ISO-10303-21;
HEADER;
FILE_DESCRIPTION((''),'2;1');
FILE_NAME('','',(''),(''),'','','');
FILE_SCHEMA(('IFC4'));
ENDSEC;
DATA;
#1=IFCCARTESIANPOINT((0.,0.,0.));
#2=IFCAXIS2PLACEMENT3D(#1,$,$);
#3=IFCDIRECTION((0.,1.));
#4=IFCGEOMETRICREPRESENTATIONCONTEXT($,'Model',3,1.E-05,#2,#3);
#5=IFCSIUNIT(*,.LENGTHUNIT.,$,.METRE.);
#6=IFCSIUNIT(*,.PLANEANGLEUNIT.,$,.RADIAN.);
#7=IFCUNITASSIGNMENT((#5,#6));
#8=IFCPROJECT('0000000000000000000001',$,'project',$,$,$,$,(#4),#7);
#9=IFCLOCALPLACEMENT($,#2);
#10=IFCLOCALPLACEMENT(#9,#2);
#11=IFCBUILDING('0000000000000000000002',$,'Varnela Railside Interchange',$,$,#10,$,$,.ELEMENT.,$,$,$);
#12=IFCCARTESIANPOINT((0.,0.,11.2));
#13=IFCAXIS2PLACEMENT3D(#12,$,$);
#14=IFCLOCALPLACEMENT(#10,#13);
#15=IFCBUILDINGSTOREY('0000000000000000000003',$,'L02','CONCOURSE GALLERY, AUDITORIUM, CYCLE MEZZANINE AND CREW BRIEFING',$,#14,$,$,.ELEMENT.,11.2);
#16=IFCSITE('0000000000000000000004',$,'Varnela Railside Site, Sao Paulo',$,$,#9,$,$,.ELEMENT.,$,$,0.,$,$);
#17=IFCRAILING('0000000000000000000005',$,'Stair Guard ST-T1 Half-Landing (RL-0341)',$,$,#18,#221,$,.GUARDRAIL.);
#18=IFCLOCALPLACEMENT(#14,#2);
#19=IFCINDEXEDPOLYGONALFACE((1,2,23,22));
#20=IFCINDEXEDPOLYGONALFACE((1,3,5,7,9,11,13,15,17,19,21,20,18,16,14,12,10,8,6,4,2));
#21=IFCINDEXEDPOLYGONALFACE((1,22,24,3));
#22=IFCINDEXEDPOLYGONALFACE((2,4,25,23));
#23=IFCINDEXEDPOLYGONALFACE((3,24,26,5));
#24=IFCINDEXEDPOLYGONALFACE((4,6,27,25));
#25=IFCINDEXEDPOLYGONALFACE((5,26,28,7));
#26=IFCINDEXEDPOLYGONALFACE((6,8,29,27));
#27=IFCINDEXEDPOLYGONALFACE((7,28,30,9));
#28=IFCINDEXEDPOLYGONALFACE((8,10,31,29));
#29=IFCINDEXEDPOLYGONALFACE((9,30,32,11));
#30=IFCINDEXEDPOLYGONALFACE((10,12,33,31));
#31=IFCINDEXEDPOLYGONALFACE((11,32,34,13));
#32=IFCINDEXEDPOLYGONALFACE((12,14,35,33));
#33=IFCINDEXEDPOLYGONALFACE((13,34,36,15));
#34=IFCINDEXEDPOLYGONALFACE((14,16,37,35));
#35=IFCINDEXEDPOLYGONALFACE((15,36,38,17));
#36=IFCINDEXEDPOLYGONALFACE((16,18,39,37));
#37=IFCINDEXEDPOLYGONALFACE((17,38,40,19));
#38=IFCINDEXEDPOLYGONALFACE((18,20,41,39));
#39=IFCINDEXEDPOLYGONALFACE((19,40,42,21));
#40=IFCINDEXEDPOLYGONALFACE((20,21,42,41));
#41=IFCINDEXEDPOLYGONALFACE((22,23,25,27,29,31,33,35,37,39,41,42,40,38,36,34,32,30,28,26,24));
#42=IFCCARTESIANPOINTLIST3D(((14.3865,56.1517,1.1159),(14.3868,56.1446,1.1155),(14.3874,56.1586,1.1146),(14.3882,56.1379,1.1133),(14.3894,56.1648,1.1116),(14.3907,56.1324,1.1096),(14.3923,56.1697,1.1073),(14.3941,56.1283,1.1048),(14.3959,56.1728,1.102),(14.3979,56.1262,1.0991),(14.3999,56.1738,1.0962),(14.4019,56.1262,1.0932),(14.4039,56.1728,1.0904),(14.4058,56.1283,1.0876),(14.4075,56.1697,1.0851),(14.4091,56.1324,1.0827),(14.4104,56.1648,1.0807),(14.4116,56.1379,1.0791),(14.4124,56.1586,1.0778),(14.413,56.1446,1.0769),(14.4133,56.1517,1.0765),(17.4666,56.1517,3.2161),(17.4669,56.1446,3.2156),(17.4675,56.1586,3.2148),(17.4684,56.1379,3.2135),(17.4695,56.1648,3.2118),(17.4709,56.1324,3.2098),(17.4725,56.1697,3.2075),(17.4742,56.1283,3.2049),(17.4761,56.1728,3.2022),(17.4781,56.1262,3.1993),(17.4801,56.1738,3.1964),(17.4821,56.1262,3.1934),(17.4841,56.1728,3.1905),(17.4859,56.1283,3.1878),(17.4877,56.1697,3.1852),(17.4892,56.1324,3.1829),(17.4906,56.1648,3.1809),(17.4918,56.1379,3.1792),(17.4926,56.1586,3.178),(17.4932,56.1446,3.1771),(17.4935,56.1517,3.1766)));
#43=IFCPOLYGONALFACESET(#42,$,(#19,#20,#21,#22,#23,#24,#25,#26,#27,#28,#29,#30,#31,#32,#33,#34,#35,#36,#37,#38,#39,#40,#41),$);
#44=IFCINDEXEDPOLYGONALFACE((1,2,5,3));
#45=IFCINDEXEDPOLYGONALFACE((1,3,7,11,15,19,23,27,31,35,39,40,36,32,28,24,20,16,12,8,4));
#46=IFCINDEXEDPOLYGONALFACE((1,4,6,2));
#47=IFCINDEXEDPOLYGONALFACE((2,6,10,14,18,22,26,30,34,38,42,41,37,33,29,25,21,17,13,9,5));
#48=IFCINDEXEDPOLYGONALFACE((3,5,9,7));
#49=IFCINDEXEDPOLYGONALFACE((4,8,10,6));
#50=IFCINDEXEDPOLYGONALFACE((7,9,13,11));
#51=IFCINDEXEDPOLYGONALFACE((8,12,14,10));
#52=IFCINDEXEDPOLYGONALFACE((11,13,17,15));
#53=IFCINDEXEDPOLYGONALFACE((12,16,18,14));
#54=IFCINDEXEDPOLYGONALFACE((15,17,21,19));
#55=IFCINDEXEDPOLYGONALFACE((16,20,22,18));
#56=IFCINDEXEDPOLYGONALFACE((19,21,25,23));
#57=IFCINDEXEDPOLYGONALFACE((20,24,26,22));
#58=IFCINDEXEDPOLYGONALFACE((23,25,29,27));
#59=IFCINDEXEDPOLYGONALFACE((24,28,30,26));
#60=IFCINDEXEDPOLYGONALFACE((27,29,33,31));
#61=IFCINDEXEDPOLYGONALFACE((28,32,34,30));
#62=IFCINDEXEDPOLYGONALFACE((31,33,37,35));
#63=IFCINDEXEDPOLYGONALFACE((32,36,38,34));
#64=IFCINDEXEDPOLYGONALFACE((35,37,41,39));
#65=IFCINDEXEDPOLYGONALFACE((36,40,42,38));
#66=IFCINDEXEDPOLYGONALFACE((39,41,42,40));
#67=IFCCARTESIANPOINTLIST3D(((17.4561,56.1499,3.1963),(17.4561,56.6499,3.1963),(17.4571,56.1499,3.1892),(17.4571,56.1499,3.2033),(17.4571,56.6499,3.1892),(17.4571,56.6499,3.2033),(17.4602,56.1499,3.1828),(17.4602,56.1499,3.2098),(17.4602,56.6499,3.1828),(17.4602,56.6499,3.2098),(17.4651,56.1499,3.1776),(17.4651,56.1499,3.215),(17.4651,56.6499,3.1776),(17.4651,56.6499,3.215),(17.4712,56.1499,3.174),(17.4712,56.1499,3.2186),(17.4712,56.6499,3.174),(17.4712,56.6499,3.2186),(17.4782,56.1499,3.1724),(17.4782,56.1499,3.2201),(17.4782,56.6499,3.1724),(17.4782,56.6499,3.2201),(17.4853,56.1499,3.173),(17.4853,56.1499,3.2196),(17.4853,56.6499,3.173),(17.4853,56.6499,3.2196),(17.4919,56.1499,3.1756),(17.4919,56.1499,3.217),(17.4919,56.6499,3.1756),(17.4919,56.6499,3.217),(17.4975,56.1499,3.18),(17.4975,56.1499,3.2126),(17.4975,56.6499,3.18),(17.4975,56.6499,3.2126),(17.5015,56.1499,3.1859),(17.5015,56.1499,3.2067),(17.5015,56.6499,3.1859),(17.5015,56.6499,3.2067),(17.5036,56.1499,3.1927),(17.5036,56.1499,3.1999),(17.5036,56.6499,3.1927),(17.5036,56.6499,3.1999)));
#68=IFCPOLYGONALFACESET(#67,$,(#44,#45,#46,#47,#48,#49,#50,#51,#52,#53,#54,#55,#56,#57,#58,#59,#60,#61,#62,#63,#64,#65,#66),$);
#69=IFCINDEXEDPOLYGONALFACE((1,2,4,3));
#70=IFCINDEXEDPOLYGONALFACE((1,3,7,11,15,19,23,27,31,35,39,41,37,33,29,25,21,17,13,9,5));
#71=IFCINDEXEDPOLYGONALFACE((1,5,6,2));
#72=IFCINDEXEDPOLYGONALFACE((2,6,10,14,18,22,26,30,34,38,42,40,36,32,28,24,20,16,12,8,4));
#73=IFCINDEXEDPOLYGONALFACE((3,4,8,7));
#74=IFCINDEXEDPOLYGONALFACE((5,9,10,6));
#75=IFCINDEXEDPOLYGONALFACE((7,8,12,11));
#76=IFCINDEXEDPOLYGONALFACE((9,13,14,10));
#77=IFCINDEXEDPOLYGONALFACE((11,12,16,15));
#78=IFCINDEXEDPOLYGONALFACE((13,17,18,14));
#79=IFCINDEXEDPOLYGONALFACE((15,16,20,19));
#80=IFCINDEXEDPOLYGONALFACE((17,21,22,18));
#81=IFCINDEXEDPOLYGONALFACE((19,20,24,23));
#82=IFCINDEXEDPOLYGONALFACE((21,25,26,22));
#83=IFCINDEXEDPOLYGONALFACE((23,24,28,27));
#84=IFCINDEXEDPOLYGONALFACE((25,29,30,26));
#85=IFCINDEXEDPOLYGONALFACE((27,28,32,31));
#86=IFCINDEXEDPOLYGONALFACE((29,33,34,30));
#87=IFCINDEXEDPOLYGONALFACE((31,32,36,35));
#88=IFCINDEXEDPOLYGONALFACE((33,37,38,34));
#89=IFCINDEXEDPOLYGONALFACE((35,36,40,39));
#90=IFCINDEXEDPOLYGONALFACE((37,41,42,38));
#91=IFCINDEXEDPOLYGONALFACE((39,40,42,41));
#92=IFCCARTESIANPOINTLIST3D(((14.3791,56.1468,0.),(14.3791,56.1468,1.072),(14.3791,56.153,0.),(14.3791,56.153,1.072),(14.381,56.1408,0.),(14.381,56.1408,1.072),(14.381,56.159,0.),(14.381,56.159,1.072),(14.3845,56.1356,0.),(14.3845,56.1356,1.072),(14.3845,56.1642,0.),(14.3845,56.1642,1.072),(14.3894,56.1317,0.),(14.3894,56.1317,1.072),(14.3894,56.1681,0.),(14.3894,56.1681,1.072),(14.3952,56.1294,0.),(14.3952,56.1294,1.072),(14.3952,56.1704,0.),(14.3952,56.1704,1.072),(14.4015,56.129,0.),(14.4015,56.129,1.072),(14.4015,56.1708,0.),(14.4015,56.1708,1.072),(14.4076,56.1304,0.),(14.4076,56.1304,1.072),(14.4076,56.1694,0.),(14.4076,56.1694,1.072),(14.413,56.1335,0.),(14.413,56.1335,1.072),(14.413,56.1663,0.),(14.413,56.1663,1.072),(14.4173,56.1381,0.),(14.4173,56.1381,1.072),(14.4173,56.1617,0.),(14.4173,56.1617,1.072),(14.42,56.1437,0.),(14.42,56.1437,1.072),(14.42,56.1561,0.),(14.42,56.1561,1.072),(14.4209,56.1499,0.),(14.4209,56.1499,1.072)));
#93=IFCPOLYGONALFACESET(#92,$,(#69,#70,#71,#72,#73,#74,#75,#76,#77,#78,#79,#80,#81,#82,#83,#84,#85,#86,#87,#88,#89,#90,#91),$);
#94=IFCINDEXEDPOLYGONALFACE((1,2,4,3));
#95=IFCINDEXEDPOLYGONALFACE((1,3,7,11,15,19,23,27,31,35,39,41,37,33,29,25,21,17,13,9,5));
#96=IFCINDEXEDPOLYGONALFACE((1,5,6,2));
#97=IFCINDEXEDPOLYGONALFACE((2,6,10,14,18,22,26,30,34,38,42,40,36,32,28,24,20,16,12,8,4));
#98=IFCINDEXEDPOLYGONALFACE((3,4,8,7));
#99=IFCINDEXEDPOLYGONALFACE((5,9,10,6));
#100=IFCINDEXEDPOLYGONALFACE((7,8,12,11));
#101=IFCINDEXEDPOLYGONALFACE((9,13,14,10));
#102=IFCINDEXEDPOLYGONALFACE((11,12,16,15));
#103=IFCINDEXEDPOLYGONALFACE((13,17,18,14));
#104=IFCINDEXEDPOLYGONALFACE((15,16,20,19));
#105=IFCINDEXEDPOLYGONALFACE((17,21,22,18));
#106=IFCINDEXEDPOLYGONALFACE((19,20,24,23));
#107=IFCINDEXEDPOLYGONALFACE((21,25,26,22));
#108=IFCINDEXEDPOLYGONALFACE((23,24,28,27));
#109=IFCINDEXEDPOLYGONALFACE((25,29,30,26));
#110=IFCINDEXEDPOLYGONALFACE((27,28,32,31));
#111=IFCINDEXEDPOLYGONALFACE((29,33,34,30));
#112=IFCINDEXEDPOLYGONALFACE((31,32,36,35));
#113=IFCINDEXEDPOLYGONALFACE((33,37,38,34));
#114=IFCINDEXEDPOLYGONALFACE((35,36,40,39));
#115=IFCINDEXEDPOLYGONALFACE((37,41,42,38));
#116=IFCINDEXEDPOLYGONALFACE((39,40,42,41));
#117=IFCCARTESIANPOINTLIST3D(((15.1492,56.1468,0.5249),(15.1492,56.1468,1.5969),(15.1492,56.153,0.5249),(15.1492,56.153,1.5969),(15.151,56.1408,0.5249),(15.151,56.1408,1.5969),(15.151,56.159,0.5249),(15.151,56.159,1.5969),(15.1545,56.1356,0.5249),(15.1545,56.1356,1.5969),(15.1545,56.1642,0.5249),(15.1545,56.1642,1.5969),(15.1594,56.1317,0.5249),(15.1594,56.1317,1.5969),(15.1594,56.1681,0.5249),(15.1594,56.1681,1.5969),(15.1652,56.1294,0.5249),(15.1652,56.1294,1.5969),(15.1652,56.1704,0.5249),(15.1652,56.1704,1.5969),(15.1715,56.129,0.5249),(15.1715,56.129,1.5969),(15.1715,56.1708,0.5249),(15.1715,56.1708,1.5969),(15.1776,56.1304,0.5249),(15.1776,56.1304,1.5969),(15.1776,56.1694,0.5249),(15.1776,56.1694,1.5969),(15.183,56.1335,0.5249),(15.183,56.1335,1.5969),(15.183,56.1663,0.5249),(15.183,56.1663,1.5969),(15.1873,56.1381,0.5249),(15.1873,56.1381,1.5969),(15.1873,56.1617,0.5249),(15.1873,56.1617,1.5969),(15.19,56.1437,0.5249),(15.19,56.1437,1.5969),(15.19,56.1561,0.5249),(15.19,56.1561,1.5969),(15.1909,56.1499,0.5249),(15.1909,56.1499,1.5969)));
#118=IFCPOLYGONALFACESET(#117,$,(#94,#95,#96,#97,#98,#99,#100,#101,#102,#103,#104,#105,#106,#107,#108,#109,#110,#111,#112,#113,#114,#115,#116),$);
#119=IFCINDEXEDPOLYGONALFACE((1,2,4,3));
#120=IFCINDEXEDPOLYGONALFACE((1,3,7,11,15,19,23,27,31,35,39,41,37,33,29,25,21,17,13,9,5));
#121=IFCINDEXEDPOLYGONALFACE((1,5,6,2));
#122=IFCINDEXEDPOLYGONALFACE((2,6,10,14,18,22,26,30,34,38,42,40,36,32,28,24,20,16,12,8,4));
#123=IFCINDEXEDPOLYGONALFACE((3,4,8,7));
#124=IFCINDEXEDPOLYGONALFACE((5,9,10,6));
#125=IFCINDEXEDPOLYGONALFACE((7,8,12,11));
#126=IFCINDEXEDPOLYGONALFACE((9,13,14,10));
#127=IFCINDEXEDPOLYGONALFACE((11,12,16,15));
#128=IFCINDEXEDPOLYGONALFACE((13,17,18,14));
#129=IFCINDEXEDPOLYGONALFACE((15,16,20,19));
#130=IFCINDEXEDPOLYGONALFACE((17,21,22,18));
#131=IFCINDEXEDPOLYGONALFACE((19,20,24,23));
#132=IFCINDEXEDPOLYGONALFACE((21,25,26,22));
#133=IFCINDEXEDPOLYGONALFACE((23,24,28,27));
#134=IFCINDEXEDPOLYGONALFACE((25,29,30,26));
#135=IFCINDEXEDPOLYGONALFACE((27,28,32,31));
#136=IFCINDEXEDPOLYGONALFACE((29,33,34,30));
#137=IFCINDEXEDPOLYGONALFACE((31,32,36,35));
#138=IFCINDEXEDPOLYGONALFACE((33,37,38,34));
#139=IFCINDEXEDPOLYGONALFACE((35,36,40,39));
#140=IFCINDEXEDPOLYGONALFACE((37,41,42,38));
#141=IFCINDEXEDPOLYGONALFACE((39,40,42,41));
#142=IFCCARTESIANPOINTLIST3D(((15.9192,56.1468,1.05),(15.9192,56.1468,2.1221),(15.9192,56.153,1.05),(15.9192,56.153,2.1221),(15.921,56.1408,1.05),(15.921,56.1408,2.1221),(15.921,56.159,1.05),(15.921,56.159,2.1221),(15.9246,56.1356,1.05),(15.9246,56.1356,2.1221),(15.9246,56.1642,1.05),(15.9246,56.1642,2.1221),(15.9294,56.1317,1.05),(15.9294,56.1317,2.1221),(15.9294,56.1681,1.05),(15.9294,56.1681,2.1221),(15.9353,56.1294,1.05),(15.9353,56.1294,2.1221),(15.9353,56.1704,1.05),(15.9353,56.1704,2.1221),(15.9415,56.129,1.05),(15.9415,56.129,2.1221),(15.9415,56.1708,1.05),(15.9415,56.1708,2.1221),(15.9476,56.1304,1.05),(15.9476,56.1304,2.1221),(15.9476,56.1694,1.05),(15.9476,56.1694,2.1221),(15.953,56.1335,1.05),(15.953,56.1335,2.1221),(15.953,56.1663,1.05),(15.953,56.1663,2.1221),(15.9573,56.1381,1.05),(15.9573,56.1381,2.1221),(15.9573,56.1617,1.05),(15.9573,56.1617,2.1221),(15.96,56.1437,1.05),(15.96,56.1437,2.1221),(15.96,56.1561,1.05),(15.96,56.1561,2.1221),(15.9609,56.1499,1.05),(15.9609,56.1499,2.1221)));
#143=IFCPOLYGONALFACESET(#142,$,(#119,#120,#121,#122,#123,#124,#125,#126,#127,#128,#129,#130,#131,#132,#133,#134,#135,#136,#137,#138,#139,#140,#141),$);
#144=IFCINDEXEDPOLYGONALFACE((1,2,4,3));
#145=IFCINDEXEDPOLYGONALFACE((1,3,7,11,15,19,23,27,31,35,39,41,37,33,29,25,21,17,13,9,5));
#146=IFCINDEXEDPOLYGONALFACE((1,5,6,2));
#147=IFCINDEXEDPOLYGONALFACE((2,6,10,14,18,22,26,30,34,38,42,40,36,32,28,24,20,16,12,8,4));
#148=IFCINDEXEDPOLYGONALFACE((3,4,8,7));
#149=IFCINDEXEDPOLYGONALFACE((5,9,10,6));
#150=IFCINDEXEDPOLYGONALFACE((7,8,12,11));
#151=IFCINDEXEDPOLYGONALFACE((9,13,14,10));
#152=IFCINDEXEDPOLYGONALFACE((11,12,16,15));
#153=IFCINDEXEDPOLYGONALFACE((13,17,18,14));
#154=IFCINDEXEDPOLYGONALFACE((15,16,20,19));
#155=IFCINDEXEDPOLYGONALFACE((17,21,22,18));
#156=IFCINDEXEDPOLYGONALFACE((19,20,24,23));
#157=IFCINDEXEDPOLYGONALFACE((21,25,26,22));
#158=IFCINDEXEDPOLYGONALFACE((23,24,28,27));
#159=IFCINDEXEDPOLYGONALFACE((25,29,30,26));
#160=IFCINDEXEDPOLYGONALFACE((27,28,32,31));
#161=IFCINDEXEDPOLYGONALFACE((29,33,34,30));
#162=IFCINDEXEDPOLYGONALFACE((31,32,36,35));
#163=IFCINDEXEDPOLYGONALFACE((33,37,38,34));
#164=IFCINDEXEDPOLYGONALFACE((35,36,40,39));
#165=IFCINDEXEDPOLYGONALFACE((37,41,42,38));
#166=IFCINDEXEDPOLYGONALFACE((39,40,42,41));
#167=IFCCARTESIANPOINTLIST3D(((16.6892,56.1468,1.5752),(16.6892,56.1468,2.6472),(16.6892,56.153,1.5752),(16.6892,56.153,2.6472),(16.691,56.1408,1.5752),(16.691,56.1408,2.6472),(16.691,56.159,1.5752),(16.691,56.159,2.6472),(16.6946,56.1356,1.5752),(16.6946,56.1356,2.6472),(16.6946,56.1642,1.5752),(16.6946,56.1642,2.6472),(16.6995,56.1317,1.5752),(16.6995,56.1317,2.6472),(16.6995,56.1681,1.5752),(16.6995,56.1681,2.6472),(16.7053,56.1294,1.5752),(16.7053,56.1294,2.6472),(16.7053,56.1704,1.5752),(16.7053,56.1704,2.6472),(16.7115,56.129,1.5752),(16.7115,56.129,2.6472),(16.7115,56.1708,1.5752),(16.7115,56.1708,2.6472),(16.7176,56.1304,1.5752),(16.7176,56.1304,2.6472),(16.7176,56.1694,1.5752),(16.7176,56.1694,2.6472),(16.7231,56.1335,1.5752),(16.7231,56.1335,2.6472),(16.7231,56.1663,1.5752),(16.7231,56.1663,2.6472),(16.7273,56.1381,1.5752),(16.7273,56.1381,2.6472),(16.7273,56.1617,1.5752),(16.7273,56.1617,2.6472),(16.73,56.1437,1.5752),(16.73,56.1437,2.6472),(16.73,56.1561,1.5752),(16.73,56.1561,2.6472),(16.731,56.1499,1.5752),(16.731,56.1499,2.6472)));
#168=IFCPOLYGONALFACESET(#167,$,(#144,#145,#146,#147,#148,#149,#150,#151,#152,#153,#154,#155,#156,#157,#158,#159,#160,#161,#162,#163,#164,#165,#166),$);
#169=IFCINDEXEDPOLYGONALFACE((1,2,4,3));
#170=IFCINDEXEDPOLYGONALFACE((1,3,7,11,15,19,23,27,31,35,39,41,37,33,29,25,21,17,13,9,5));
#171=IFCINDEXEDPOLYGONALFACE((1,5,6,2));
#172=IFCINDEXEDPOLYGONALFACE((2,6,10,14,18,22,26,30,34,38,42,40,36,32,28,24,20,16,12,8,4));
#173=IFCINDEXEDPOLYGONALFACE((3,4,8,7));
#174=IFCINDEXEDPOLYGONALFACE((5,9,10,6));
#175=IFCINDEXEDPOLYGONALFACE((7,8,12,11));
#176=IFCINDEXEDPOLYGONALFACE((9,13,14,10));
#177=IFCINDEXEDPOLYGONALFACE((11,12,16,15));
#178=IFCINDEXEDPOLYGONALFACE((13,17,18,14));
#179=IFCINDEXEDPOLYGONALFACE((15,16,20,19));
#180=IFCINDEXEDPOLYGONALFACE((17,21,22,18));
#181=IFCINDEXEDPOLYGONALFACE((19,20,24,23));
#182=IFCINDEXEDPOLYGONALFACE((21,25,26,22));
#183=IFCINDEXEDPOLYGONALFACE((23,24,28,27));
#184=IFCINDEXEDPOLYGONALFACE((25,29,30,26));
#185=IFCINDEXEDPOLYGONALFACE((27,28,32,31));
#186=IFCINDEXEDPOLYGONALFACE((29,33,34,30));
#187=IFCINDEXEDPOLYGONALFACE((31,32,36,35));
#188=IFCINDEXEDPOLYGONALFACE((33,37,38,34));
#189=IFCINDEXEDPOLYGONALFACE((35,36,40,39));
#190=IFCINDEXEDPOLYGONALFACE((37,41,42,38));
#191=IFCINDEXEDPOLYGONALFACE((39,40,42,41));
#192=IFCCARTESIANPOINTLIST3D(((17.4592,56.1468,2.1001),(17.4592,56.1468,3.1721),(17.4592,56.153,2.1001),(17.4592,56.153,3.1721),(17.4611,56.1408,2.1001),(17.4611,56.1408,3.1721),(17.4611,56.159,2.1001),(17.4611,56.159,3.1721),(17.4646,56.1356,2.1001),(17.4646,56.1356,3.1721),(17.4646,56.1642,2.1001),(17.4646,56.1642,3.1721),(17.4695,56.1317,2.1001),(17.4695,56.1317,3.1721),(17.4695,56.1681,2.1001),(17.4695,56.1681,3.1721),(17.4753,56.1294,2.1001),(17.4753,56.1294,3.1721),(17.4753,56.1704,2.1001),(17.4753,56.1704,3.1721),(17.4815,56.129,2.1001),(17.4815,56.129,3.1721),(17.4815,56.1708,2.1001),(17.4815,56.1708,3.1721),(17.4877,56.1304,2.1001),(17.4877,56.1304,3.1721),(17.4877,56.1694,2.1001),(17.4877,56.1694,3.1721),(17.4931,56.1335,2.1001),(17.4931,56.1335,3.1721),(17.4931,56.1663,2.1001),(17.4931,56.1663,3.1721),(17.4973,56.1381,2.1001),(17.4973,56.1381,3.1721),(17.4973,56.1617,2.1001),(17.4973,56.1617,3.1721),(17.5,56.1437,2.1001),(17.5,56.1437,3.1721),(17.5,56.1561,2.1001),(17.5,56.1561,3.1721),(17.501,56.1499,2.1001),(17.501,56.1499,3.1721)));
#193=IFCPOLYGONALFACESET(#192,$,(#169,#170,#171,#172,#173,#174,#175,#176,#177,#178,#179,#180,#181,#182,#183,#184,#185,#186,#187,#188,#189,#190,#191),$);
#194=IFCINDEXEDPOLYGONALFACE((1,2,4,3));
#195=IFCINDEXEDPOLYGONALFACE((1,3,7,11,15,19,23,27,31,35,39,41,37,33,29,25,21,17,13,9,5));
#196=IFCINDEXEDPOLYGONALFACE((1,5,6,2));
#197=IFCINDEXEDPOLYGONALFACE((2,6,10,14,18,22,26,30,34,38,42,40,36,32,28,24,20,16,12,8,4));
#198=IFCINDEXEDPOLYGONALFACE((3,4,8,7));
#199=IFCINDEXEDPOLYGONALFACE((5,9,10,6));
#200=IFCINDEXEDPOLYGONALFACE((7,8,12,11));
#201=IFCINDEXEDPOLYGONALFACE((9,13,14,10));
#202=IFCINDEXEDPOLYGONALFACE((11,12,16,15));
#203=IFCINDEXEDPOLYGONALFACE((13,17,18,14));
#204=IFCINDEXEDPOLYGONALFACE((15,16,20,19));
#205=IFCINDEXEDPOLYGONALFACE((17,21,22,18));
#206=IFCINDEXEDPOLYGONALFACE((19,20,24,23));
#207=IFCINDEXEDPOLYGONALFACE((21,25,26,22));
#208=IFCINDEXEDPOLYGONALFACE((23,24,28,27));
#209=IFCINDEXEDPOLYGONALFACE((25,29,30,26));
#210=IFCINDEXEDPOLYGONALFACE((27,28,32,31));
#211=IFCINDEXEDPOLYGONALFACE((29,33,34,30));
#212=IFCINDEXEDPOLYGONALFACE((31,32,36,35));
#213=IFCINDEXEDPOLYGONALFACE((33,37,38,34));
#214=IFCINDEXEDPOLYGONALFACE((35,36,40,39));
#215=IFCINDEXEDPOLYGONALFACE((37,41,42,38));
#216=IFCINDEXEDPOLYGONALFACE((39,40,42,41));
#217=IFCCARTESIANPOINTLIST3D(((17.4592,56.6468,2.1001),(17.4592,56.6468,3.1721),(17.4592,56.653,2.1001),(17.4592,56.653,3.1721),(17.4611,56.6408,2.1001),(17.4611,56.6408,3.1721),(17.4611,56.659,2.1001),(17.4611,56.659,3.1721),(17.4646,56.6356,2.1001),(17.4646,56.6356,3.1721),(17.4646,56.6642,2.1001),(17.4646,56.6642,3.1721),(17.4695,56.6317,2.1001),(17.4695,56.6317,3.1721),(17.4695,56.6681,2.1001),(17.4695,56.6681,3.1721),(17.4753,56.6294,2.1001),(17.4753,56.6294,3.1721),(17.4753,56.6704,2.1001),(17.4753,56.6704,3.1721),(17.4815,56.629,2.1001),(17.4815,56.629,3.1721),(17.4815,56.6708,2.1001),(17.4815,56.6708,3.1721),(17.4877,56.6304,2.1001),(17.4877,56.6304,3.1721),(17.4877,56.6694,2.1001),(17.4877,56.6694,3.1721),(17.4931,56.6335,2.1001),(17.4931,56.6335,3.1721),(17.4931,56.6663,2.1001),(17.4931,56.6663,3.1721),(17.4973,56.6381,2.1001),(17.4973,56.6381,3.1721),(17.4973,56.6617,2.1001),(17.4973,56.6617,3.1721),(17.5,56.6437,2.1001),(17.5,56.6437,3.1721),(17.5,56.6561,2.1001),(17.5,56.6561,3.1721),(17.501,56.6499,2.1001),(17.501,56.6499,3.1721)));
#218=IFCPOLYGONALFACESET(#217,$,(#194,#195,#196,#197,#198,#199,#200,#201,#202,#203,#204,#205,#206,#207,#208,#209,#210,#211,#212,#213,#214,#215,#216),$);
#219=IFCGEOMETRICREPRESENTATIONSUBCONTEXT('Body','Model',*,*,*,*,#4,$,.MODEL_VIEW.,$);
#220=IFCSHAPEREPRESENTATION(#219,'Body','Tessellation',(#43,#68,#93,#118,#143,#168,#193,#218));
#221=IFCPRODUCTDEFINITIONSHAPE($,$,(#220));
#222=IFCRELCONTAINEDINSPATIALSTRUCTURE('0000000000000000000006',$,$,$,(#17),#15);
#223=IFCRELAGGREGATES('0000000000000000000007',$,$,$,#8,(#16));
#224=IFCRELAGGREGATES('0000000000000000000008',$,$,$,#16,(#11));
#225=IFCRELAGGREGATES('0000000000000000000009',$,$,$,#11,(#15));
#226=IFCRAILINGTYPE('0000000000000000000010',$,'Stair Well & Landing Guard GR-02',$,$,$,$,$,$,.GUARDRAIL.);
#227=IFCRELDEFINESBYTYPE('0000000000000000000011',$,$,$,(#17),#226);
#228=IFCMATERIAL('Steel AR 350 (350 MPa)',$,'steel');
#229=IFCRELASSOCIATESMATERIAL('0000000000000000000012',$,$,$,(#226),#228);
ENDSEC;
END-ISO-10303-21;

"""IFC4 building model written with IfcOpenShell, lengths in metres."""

from ifc_helpers import new_model, si_unit, direction, frame, origin, origin_2d, place, context, subcontext, project, spatial, circle, extrude, material, type_object, element, save


model = new_model("IFC4")

# Units and contexts
model_context = context("Model", 3, precision=1e-05, world=origin(), true_north=direction((0.0, 1.0)))
body_context = subcontext(model_context, "Body", "Model", "MODEL_VIEW")
ifc_project = project(units=[si_unit("LENGTHUNIT", "METRE"), si_unit("PLANEANGLEUNIT", "RADIAN")], contexts=[model_context])

# Site, building, storey
site_placement = place(None, origin())
site = spatial("IfcSite", under=ifc_project, at=site_placement, Name="Varnela Railside Site, Sao Paulo", CompositionType="ELEMENT", RefElevation=0.0)
building_placement = place(site_placement, origin())
building = spatial("IfcBuilding", under=site, at=building_placement, Name="Varnela Railside Interchange", CompositionType="ELEMENT")
storey_placement = place(building_placement, frame((0.0, 0.0, 11.2)))
storey = spatial("IfcBuildingStorey", under=building, at=storey_placement, Name="L02", Description="CONCOURSE GALLERY, AUDITORIUM, CYCLE MEZZANINE AND CREW BRIEFING", CompositionType="ELEMENT", Elevation=11.2)

# Shared definitions
ifc_material_1 = material(Name="Steel AR 350 (350 MPa)", Category="steel")

# Railing
railing_type_1 = type_object("IfcRailingType", Name="Stair Well & Landing Guard GR-02", PredefinedType="GUARDRAIL", material=ifc_material_1)
railing_1_placement = place(storey_placement, frame((14.3999, 56.1499, 0.0)))
element("IfcRailing", 1, at=railing_1_placement, inside=storey, type_object=railing_type_1, Name="Stair Guard ST-T1 Half-Landing (RL-0341)", PredefinedType="GUARDRAIL", context=body_context, shape_type="SweptSolid", body=[
    extrude(circle(Radius=0.0239, at=origin_2d()), frame((0.0, 0.0, 1.0962), z_axis=(0.826222, 0.0, 0.563345), x_axis=(0.0, 1.0, 0.0)), (0.0, 0.0, 1.0), 3.728),
    extrude(circle(Radius=0.0239, at=origin_2d()), frame((3.0801, 0.0, 3.1963), z_axis=(0.0, 1.0, 0.0), x_axis=(-1.0, 0.0, 0.0)), (0.0, 0.0, 1.0), 0.5),
    extrude(circle(Radius=0.021, at=origin_2d()), origin(), (0.0, 0.0, 1.0), 1.072),
    extrude(circle(Radius=0.021, at=origin_2d()), frame((0.77, 0.0, 0.5249)), (0.0, 0.0, 1.0), 1.072),
    extrude(circle(Radius=0.021, at=origin_2d()), frame((1.54, 0.0, 1.05)), (0.0, 0.0, 1.0), 1.072),
    extrude(circle(Radius=0.021, at=origin_2d()), frame((2.3101, 0.0, 1.5752)), (0.0, 0.0, 1.0), 1.072),
    extrude(circle(Radius=0.021, at=origin_2d()), frame((3.0801, 0.0, 2.1001)), (0.0, 0.0, 1.0), 1.072),
    extrude(circle(Radius=0.021, at=origin_2d()), frame((3.0801, 0.5, 2.1001)), (0.0, 0.0, 1.0), 1.072),
])

save(model, "model.ifc")
